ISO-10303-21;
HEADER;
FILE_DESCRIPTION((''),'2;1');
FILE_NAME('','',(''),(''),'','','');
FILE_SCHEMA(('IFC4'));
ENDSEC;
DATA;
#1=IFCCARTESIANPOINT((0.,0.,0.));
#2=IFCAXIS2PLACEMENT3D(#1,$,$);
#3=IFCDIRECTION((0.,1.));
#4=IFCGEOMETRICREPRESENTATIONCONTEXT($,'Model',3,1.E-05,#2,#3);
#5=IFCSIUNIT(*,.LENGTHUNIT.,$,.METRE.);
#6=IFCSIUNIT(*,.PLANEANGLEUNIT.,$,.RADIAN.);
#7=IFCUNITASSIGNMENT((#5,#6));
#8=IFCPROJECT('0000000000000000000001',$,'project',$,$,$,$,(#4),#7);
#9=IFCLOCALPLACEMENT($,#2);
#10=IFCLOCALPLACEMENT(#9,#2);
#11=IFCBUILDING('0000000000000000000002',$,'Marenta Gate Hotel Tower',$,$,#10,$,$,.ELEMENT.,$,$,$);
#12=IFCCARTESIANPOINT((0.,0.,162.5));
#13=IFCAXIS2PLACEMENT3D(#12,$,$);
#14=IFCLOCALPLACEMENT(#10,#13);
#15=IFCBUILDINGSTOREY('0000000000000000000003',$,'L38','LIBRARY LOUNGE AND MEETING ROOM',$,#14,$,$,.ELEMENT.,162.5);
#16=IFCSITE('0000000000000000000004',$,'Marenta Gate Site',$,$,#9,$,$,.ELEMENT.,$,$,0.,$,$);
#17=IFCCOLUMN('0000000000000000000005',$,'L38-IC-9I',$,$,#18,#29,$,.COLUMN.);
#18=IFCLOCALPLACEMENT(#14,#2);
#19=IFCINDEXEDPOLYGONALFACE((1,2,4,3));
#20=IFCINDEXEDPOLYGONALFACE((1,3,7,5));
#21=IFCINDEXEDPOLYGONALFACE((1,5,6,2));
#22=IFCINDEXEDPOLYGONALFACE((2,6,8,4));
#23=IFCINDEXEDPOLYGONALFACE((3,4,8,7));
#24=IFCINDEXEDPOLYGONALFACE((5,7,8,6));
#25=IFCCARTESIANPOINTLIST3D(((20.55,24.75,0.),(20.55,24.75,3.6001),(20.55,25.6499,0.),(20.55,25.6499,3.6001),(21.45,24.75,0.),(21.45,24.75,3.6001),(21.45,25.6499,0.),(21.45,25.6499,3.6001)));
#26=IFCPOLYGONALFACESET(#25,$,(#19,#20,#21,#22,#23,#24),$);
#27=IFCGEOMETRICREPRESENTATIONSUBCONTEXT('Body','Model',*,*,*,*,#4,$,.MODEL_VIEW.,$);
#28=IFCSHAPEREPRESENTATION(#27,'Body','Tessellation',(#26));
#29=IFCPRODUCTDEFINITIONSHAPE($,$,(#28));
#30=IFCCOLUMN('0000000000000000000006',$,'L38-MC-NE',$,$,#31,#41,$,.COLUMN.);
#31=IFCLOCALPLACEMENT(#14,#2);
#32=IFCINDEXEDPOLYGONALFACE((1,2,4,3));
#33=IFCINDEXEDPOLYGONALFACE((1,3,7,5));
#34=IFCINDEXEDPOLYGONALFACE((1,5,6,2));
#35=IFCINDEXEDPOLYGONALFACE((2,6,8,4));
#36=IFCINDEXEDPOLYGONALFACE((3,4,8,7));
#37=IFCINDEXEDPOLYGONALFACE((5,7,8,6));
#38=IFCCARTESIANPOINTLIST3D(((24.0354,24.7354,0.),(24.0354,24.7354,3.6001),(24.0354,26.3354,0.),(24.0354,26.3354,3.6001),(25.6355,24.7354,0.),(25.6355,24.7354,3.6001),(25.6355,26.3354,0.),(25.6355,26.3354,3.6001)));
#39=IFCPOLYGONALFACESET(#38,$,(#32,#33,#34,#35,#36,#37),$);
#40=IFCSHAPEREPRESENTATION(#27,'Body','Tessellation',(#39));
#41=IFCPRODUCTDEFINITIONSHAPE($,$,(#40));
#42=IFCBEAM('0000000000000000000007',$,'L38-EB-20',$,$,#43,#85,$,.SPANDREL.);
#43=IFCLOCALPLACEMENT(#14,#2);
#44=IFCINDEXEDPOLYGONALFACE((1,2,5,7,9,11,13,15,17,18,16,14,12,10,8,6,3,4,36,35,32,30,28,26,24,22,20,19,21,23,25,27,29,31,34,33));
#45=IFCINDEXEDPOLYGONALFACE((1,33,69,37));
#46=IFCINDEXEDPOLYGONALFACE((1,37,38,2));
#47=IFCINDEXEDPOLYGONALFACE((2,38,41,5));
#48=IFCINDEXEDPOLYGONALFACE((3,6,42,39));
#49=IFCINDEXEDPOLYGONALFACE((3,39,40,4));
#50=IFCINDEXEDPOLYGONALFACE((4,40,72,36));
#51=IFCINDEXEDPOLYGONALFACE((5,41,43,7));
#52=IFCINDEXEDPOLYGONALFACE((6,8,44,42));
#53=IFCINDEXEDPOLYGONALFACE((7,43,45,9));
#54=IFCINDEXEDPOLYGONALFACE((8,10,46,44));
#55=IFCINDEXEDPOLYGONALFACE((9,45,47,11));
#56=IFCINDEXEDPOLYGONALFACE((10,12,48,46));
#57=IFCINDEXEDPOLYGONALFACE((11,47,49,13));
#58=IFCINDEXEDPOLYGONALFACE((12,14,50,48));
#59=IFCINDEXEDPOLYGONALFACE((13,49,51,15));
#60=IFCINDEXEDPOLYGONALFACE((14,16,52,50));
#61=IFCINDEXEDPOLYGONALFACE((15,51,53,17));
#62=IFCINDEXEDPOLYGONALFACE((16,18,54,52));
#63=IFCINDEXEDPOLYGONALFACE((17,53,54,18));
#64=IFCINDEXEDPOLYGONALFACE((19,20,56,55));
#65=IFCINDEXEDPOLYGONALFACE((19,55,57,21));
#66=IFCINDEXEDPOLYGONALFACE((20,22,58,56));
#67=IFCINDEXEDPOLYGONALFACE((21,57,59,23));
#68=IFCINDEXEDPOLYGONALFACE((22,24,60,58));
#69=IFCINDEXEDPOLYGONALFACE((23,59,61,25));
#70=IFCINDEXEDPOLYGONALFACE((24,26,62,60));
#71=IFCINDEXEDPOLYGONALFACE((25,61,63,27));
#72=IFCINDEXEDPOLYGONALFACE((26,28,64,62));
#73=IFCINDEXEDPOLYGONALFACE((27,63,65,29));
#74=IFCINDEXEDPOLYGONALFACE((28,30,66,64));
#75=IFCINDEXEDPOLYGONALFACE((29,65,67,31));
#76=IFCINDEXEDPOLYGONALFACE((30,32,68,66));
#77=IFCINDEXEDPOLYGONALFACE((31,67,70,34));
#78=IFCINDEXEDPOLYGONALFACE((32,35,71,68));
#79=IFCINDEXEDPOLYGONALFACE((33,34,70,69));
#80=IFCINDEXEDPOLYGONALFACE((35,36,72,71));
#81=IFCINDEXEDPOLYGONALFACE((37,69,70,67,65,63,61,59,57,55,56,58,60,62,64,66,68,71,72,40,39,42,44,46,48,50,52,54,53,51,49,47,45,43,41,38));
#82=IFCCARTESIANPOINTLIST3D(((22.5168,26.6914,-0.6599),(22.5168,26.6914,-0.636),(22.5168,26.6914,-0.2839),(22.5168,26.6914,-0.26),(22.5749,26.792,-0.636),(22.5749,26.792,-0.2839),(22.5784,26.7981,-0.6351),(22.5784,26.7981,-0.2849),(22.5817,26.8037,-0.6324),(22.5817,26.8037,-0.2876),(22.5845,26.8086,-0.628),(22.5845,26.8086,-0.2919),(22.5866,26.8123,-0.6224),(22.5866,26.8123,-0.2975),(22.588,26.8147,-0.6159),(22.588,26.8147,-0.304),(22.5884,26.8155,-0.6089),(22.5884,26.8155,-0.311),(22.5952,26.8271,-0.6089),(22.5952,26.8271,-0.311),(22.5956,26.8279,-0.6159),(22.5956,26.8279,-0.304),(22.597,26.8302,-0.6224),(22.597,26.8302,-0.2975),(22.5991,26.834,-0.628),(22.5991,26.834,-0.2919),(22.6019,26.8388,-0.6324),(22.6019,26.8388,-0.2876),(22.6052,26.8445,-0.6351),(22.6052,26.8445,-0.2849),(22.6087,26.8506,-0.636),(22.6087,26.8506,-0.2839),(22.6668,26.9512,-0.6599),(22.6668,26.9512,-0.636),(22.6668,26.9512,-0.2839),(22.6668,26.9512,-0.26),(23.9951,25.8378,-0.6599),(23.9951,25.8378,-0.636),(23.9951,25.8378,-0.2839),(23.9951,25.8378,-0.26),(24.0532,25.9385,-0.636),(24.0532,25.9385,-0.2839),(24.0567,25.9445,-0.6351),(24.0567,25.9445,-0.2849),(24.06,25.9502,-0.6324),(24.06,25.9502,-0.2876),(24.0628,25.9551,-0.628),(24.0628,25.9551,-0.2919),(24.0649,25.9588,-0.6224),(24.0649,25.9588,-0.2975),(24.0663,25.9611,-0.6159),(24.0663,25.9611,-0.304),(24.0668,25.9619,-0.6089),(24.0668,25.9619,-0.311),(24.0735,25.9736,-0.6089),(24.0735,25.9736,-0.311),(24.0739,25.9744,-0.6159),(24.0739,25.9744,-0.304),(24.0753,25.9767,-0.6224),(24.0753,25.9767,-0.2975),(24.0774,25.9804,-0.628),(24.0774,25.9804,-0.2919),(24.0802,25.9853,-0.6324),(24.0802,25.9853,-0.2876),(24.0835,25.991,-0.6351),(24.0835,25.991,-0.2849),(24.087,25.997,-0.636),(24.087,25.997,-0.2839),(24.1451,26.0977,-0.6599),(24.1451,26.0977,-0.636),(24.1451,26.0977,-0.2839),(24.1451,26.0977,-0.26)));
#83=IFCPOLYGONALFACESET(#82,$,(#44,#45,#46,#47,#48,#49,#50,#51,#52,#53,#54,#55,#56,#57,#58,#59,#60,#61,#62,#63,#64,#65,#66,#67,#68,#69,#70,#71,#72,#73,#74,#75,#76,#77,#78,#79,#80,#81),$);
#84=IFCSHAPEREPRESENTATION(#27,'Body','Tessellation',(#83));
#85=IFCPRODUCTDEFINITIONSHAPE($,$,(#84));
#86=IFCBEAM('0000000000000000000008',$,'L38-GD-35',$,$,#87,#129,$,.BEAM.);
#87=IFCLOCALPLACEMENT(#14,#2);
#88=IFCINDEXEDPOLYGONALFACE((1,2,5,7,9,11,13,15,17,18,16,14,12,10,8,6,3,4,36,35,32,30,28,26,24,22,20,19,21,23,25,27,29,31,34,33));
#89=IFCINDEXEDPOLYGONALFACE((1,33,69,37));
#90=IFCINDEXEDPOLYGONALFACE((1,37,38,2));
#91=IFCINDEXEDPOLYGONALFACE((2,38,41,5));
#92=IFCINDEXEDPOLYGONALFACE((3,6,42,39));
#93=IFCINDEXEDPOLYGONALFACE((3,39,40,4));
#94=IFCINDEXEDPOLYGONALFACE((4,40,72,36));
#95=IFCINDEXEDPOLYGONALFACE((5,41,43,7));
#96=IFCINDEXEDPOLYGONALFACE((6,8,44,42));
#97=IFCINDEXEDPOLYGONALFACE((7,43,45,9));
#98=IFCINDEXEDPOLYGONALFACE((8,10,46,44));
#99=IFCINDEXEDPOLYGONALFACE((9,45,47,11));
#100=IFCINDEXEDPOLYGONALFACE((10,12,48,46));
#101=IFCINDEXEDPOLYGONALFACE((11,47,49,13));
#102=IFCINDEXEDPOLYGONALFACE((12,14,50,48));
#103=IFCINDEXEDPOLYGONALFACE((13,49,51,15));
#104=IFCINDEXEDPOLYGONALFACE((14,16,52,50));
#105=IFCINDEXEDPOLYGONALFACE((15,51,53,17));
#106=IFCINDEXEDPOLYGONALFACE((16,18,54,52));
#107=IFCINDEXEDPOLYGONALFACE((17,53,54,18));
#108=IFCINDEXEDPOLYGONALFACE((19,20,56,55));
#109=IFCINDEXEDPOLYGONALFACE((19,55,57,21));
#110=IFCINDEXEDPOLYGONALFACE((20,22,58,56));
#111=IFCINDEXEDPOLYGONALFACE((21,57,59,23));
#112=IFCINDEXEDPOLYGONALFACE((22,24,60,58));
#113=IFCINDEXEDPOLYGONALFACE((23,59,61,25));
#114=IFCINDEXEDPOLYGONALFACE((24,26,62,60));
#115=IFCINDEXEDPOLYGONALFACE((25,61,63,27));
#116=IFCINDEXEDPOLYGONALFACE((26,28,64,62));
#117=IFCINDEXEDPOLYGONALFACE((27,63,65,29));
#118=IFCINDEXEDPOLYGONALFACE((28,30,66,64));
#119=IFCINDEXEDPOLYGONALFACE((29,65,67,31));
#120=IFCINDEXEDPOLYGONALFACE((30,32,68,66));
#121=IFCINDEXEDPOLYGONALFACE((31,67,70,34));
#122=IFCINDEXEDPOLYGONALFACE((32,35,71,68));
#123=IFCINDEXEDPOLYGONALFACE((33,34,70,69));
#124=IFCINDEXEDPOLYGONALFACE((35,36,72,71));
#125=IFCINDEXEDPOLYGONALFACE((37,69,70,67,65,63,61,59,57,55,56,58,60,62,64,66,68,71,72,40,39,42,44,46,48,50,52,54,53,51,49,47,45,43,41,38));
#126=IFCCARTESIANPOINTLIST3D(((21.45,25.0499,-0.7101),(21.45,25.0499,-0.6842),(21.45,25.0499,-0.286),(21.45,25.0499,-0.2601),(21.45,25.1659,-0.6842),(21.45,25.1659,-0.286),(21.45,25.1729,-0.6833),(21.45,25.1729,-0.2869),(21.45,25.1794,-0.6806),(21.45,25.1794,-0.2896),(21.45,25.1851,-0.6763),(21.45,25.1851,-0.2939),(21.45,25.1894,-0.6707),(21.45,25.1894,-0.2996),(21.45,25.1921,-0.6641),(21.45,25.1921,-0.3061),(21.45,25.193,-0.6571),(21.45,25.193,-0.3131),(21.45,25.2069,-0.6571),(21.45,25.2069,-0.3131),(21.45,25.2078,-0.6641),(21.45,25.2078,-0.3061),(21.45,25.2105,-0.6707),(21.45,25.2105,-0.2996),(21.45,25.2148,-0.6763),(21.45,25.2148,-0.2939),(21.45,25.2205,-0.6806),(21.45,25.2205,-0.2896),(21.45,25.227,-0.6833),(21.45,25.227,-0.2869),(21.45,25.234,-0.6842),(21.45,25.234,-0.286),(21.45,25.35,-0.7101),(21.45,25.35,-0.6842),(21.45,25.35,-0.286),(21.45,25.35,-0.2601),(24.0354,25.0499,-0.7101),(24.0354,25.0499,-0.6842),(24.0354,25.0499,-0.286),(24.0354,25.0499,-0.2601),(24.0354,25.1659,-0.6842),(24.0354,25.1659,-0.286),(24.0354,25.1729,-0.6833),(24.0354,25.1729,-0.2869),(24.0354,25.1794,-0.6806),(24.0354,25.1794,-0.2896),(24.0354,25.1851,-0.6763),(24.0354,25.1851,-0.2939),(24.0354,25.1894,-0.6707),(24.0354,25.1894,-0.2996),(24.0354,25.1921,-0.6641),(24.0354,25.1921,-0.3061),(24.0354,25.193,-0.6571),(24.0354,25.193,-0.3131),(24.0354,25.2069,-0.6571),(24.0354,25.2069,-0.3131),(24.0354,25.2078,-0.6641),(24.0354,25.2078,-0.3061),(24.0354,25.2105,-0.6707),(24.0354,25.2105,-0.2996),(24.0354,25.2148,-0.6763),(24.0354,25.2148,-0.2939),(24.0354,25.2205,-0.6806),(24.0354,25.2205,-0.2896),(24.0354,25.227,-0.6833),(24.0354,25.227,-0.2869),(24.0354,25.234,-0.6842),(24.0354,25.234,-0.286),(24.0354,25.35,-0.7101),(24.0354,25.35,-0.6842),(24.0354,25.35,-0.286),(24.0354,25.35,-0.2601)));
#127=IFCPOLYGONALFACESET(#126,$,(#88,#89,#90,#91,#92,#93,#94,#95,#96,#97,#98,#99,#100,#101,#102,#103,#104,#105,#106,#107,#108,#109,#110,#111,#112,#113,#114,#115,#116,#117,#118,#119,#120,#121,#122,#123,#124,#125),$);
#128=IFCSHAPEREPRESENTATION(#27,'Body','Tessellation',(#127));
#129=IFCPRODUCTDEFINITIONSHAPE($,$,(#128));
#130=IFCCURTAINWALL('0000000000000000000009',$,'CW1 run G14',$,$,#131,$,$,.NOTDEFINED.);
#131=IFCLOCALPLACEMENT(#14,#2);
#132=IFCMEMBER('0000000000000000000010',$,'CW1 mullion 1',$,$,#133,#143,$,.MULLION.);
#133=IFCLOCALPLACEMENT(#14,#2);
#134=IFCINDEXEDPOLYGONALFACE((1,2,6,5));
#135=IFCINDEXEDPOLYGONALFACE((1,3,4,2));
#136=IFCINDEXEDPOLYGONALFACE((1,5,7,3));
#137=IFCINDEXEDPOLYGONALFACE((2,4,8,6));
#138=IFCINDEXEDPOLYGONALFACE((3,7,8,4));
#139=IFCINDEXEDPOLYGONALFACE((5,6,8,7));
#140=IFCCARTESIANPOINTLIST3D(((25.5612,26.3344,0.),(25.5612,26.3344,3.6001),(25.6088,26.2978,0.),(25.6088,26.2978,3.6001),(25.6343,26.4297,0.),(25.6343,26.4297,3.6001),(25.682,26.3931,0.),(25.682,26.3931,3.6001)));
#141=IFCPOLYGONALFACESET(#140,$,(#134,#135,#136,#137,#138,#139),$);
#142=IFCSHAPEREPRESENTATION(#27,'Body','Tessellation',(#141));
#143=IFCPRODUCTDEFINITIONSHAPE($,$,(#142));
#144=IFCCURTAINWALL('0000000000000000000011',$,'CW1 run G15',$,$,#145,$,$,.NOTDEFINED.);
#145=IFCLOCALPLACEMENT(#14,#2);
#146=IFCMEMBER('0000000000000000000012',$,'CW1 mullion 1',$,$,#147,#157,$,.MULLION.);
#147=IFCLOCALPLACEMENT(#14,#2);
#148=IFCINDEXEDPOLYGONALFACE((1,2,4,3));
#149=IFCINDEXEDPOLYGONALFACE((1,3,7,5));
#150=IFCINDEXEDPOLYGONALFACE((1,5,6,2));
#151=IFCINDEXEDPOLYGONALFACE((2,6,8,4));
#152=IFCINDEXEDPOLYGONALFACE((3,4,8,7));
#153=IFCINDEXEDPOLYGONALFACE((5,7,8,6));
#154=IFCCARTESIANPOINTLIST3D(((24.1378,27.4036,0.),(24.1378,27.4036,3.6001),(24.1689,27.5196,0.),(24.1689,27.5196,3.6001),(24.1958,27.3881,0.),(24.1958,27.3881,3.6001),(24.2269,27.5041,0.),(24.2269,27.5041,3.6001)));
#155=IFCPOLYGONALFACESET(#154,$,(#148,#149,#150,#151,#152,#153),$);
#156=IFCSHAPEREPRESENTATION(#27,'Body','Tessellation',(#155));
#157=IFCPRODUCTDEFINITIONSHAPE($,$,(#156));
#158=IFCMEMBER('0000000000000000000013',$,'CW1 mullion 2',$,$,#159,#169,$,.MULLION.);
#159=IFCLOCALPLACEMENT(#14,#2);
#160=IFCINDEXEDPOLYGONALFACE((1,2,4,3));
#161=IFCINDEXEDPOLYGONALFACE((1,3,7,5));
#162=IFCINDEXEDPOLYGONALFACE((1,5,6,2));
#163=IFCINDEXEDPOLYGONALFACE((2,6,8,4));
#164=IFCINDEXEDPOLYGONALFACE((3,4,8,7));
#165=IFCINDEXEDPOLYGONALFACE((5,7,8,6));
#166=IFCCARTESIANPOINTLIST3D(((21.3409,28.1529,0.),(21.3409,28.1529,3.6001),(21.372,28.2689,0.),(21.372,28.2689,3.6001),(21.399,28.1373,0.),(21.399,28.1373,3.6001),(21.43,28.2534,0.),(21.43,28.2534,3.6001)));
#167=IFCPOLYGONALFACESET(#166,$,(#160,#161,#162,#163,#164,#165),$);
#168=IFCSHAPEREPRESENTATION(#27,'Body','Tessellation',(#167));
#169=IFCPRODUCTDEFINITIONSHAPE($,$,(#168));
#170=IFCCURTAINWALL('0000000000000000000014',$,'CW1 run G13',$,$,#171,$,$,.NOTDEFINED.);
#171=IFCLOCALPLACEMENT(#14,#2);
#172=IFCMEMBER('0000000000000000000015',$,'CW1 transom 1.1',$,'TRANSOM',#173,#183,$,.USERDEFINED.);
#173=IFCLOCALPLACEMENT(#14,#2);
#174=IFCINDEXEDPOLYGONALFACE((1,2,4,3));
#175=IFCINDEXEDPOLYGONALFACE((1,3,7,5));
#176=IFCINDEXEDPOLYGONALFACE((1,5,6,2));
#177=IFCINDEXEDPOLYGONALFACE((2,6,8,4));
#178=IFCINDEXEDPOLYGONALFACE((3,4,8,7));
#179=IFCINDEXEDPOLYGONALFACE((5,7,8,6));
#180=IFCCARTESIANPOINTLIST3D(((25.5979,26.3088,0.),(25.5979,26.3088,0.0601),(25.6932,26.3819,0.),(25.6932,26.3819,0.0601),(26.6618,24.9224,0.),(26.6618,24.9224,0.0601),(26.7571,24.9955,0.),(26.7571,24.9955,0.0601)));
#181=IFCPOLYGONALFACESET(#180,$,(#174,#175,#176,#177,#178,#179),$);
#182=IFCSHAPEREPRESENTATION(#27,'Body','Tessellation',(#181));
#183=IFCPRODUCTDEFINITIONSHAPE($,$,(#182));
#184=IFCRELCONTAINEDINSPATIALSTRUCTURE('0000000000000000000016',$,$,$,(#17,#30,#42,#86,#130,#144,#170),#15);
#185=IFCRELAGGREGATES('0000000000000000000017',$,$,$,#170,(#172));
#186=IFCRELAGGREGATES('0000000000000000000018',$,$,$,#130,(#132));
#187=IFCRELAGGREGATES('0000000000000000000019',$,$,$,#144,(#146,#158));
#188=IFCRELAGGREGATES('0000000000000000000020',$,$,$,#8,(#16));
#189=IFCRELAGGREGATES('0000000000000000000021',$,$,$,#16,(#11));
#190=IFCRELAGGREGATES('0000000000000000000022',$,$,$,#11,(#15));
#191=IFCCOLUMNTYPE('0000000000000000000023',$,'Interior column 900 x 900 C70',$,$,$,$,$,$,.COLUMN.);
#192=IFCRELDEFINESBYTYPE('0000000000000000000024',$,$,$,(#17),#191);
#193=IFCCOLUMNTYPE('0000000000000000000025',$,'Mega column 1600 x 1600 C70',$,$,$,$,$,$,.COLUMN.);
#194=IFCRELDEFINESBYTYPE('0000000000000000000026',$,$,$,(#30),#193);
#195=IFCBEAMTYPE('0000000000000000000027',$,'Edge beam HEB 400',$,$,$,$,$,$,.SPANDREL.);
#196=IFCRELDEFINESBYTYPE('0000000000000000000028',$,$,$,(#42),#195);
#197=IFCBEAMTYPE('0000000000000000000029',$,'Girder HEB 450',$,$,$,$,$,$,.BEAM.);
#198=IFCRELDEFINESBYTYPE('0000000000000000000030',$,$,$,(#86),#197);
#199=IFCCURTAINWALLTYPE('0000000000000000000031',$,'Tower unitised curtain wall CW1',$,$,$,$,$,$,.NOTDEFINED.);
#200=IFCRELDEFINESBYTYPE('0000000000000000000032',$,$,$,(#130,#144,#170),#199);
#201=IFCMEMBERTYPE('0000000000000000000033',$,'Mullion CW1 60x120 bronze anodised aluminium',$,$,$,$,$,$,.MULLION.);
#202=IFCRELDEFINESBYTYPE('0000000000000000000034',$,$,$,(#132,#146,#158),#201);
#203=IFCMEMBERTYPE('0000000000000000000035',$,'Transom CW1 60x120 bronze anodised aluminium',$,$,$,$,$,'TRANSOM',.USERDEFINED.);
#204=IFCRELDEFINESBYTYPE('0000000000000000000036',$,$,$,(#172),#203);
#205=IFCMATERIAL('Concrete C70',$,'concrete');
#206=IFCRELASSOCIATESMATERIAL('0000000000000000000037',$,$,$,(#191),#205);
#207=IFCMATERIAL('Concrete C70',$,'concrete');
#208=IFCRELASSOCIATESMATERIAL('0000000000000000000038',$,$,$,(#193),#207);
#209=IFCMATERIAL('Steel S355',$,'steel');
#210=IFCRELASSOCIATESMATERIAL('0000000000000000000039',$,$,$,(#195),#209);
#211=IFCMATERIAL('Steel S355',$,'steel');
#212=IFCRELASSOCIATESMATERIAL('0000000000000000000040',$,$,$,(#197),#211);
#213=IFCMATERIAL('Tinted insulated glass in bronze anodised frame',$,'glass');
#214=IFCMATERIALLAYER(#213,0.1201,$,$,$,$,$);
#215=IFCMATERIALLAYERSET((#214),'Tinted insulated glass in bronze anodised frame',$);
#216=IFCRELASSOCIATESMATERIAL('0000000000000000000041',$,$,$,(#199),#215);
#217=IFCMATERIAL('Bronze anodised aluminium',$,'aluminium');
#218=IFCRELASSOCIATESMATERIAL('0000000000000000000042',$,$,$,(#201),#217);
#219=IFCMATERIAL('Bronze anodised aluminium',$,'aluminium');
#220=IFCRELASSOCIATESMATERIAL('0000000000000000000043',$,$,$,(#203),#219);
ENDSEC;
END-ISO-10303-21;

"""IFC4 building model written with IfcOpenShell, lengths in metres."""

from ifc_helpers import new_model, si_unit, direction, frame, origin, origin_2d, place, context, subcontext, project, spatial, rectangle, i_section, extrude, material, layer, layer_set, material_profile, profile_set, type_object, element, aggregate, save


model = new_model("IFC4")

# Units and contexts
model_context = context("Model", 3, precision=1e-05, world=origin(), true_north=direction((0.0, 1.0)))
body_context = subcontext(model_context, "Body", "Model", "MODEL_VIEW")
ifc_project = project(units=[si_unit("LENGTHUNIT", "METRE"), si_unit("PLANEANGLEUNIT", "RADIAN")], contexts=[model_context])

# Site, building, storey
site_placement = place(None, origin())
site = spatial("IfcSite", under=ifc_project, at=site_placement, Name="Marenta Gate Site", CompositionType="ELEMENT", RefElevation=0.0)
building_placement = place(site_placement, origin())
building = spatial("IfcBuilding", under=site, at=building_placement, Name="Marenta Gate Hotel Tower", CompositionType="ELEMENT")
storey_placement = place(building_placement, frame((0.0, 0.0, 162.5)))
storey = spatial("IfcBuildingStorey", under=building, at=storey_placement, Name="L38", Description="LIBRARY LOUNGE AND MEETING ROOM", CompositionType="ELEMENT", Elevation=162.5)

# Columns
ifc_material_1 = material(Name="Concrete C70", Category="concrete")
ifc_material_profile_1 = material_profile(ifc_material_1, rectangle(XDim=0.8999, YDim=0.8999, at=origin_2d()), Name="900 x 900")
ifc_profile_set_1 = profile_set([ifc_material_profile_1], Name="Concrete C70")
column_type_1 = type_object("IfcColumnType", Name="Interior column 900 x 900 C70", PredefinedType="COLUMN", material=ifc_profile_set_1)
column_1_placement = place(storey_placement, frame((21.0, 25.2, 0.0), z_axis=(0.0, 0.0, 1.0), x_axis=(1.0, 0.0, 0.0)))
element("IfcColumn", 1, at=column_1_placement, inside=storey, type_object=column_type_1, Name="L38-IC-9I", PredefinedType="COLUMN", context=body_context, shape_type="SweptSolid", body=[
    extrude(rectangle(XDim=0.8999, YDim=0.8999, at=origin_2d()), origin(), (0.0, 0.0, 1.0), 3.6001),
])
ifc_material_2 = material(Name="Concrete C70", Category="concrete")
ifc_material_profile_2 = material_profile(ifc_material_2, rectangle(XDim=1.6001, YDim=1.6001, at=origin_2d()), Name="1600 x 1600")
ifc_profile_set_2 = profile_set([ifc_material_profile_2], Name="Concrete C70")
column_type_2 = type_object("IfcColumnType", Name="Mega column 1600 x 1600 C70", PredefinedType="COLUMN", material=ifc_profile_set_2)
column_2_placement = place(storey_placement, frame((24.8354, 25.5354, 0.0), z_axis=(0.0, 0.0, 1.0), x_axis=(1.0, 0.0, 0.0)))
element("IfcColumn", 2, at=column_2_placement, inside=storey, type_object=column_type_2, Name="L38-MC-NE", PredefinedType="COLUMN", context=body_context, shape_type="SweptSolid", body=[
    extrude(rectangle(XDim=1.6001, YDim=1.6001, at=origin_2d()), origin(), (0.0, 0.0, 1.0), 3.6001),
])

# Beams
ifc_material_3 = material(Name="Steel S355", Category="steel")
ifc_material_profile_3 = material_profile(ifc_material_3, i_section(OverallWidth=0.3, OverallDepth=0.3999, WebThickness=0.0134, FlangeThickness=0.0239, FilletRadius=0.0271, at=origin_2d()), Name="HEB 400")
ifc_profile_set_3 = profile_set([ifc_material_profile_3], Name="Steel S355")
beam_type_1 = type_object("IfcBeamType", Name="Edge beam HEB 400", PredefinedType="SPANDREL", material=ifc_profile_set_3)
beam_1_placement = place(storey_placement, frame((22.5918, 26.8213, -0.46), z_axis=(0.866016, -0.500015, 0.0), x_axis=(0.500015, 0.866016, 0.0)))
element("IfcBeam", 3, at=beam_1_placement, inside=storey, type_object=beam_type_1, Name="L38-EB-20", PredefinedType="SPANDREL", context=body_context, shape_type="SweptSolid", body=[
    extrude(i_section(OverallWidth=0.3, OverallDepth=0.3999, WebThickness=0.0134, FlangeThickness=0.0239, FilletRadius=0.0271, at=origin_2d()), origin(), (0.0, 0.0, 1.0), 1.707),
])
ifc_material_4 = material(Name="Steel S355", Category="steel")
ifc_material_profile_4 = material_profile(ifc_material_4, i_section(OverallWidth=0.3, OverallDepth=0.45, WebThickness=0.0139, FlangeThickness=0.0259, FilletRadius=0.0271, at=origin_2d()), Name="HEB 450")
ifc_profile_set_4 = profile_set([ifc_material_profile_4], Name="Steel S355")
beam_type_2 = type_object("IfcBeamType", Name="Girder HEB 450", PredefinedType="BEAM", material=ifc_profile_set_4)
beam_2_placement = place(storey_placement, frame((21.45, 25.2, -0.4851), z_axis=(1.0, 0.0, 0.0), x_axis=(0.0, 1.0, 0.0)))
element("IfcBeam", 4, at=beam_2_placement, inside=storey, type_object=beam_type_2, Name="L38-GD-35", PredefinedType="BEAM", context=body_context, shape_type="SweptSolid", body=[
    extrude(i_section(OverallWidth=0.3, OverallDepth=0.45, WebThickness=0.0139, FlangeThickness=0.0259, FilletRadius=0.0271, at=origin_2d()), origin(), (0.0, 0.0, 1.0), 2.5854),
])

# Curtain wall, member
ifc_material_5 = material(Name="Tinted insulated glass in bronze anodised frame", Category="glass")
ifc_layer_1 = layer(ifc_material_5, 0.1201)
ifc_layer_set_1 = layer_set([ifc_layer_1], Name="Tinted insulated glass in bronze anodised frame")
curtain_wall_type = type_object("IfcCurtainWallType", Name="Tower unitised curtain wall CW1", PredefinedType="NOTDEFINED", material=ifc_layer_set_1)
curtain_wall_1_placement = place(storey_placement, origin())
curtain_wall_1 = element("IfcCurtainWall", 5, at=curtain_wall_1_placement, inside=storey, type_object=curtain_wall_type, Name="CW1 run G14", PredefinedType="NOTDEFINED")
ifc_material_6 = material(Name="Bronze anodised aluminium", Category="aluminium")
ifc_material_profile_5 = material_profile(ifc_material_6, rectangle(XDim=0.1201, YDim=0.0601, at=origin_2d()), Name="Mullion CW1 60x120 bronze anodised aluminium")
ifc_profile_set_5 = profile_set([ifc_material_profile_5], Name="Bronze anodised aluminium")
member_type_1 = type_object("IfcMemberType", Name="Mullion CW1 60x120 bronze anodised aluminium", PredefinedType="MULLION", material=ifc_profile_set_5)
member_1_placement = place(storey_placement, frame((25.6216, 26.3638, 0.0), z_axis=(0.0, 0.0, 1.0), x_axis=(-0.608796, -0.793327, 0.0)))
member_1 = element("IfcMember", 6, at=member_1_placement, type_object=member_type_1, Name="CW1 mullion 1", PredefinedType="MULLION", context=body_context, shape_type="SweptSolid", body=[
    extrude(rectangle(XDim=0.1201, YDim=0.0601, at=origin_2d()), origin(), (0.0, 0.0, 1.0), 3.6001),
])

# Curtain wall, members
curtain_wall_2_placement = place(storey_placement, origin())
curtain_wall_2 = element("IfcCurtainWall", 7, at=curtain_wall_2_placement, inside=storey, type_object=curtain_wall_type, Name="CW1 run G15", PredefinedType="NOTDEFINED")
member_2_placement = place(storey_placement, frame((24.1824, 27.4539, 0.0), z_axis=(0.0, 0.0, 1.0), x_axis=(-0.258806, -0.965929, 0.0)))
member_2 = element("IfcMember", 8, at=member_2_placement, type_object=member_type_1, Name="CW1 mullion 1", PredefinedType="MULLION", context=body_context, shape_type="SweptSolid", body=[
    extrude(rectangle(XDim=0.1201, YDim=0.0601, at=origin_2d()), origin(), (0.0, 0.0, 1.0), 3.6001),
])
member_3_placement = place(storey_placement, frame((21.3855, 28.2031, 0.0), z_axis=(0.0, 0.0, 1.0), x_axis=(-0.258806, -0.965929, 0.0)))
member_3 = element("IfcMember", 9, at=member_3_placement, type_object=member_type_1, Name="CW1 mullion 2", PredefinedType="MULLION", context=body_context, shape_type="SweptSolid", body=[
    extrude(rectangle(XDim=0.1201, YDim=0.0601, at=origin_2d()), origin(), (0.0, 0.0, 1.0), 3.6001),
])

# Curtain wall, member
curtain_wall_3_placement = place(storey_placement, origin())
curtain_wall_3 = element("IfcCurtainWall", 10, at=curtain_wall_3_placement, inside=storey, type_object=curtain_wall_type, Name="CW1 run G13", PredefinedType="NOTDEFINED")
ifc_material_7 = material(Name="Bronze anodised aluminium", Category="aluminium")
ifc_material_profile_6 = material_profile(ifc_material_7, rectangle(XDim=0.1201, YDim=0.0601, at=origin_2d()), Name="Transom CW1 60x120 bronze anodised aluminium")
ifc_profile_set_6 = profile_set([ifc_material_profile_6], Name="Bronze anodised aluminium")
member_type_2 = type_object("IfcMemberType", Name="Transom CW1 60x120 bronze anodised aluminium", ElementType="TRANSOM", PredefinedType="USERDEFINED", material=ifc_profile_set_6)
member_4_placement = place(storey_placement, frame((26.7095, 24.959, 0.03), z_axis=(-0.608792, 0.79333, 0.0), x_axis=(-0.79333, -0.608792, 0.0)))
member_4 = element("IfcMember", 11, at=member_4_placement, type_object=member_type_2, Name="CW1 transom 1.1", ObjectType="TRANSOM", PredefinedType="USERDEFINED", context=body_context, shape_type="SweptSolid", body=[
    extrude(rectangle(XDim=0.1201, YDim=0.0601, at=origin_2d()), origin(), (0.0, 0.0, 1.0), 1.7476),
])

aggregate(curtain_wall_3, [member_4])
aggregate(curtain_wall_1, [member_1])
aggregate(curtain_wall_2, [member_2, member_3])

save(model, "model.ifc")
